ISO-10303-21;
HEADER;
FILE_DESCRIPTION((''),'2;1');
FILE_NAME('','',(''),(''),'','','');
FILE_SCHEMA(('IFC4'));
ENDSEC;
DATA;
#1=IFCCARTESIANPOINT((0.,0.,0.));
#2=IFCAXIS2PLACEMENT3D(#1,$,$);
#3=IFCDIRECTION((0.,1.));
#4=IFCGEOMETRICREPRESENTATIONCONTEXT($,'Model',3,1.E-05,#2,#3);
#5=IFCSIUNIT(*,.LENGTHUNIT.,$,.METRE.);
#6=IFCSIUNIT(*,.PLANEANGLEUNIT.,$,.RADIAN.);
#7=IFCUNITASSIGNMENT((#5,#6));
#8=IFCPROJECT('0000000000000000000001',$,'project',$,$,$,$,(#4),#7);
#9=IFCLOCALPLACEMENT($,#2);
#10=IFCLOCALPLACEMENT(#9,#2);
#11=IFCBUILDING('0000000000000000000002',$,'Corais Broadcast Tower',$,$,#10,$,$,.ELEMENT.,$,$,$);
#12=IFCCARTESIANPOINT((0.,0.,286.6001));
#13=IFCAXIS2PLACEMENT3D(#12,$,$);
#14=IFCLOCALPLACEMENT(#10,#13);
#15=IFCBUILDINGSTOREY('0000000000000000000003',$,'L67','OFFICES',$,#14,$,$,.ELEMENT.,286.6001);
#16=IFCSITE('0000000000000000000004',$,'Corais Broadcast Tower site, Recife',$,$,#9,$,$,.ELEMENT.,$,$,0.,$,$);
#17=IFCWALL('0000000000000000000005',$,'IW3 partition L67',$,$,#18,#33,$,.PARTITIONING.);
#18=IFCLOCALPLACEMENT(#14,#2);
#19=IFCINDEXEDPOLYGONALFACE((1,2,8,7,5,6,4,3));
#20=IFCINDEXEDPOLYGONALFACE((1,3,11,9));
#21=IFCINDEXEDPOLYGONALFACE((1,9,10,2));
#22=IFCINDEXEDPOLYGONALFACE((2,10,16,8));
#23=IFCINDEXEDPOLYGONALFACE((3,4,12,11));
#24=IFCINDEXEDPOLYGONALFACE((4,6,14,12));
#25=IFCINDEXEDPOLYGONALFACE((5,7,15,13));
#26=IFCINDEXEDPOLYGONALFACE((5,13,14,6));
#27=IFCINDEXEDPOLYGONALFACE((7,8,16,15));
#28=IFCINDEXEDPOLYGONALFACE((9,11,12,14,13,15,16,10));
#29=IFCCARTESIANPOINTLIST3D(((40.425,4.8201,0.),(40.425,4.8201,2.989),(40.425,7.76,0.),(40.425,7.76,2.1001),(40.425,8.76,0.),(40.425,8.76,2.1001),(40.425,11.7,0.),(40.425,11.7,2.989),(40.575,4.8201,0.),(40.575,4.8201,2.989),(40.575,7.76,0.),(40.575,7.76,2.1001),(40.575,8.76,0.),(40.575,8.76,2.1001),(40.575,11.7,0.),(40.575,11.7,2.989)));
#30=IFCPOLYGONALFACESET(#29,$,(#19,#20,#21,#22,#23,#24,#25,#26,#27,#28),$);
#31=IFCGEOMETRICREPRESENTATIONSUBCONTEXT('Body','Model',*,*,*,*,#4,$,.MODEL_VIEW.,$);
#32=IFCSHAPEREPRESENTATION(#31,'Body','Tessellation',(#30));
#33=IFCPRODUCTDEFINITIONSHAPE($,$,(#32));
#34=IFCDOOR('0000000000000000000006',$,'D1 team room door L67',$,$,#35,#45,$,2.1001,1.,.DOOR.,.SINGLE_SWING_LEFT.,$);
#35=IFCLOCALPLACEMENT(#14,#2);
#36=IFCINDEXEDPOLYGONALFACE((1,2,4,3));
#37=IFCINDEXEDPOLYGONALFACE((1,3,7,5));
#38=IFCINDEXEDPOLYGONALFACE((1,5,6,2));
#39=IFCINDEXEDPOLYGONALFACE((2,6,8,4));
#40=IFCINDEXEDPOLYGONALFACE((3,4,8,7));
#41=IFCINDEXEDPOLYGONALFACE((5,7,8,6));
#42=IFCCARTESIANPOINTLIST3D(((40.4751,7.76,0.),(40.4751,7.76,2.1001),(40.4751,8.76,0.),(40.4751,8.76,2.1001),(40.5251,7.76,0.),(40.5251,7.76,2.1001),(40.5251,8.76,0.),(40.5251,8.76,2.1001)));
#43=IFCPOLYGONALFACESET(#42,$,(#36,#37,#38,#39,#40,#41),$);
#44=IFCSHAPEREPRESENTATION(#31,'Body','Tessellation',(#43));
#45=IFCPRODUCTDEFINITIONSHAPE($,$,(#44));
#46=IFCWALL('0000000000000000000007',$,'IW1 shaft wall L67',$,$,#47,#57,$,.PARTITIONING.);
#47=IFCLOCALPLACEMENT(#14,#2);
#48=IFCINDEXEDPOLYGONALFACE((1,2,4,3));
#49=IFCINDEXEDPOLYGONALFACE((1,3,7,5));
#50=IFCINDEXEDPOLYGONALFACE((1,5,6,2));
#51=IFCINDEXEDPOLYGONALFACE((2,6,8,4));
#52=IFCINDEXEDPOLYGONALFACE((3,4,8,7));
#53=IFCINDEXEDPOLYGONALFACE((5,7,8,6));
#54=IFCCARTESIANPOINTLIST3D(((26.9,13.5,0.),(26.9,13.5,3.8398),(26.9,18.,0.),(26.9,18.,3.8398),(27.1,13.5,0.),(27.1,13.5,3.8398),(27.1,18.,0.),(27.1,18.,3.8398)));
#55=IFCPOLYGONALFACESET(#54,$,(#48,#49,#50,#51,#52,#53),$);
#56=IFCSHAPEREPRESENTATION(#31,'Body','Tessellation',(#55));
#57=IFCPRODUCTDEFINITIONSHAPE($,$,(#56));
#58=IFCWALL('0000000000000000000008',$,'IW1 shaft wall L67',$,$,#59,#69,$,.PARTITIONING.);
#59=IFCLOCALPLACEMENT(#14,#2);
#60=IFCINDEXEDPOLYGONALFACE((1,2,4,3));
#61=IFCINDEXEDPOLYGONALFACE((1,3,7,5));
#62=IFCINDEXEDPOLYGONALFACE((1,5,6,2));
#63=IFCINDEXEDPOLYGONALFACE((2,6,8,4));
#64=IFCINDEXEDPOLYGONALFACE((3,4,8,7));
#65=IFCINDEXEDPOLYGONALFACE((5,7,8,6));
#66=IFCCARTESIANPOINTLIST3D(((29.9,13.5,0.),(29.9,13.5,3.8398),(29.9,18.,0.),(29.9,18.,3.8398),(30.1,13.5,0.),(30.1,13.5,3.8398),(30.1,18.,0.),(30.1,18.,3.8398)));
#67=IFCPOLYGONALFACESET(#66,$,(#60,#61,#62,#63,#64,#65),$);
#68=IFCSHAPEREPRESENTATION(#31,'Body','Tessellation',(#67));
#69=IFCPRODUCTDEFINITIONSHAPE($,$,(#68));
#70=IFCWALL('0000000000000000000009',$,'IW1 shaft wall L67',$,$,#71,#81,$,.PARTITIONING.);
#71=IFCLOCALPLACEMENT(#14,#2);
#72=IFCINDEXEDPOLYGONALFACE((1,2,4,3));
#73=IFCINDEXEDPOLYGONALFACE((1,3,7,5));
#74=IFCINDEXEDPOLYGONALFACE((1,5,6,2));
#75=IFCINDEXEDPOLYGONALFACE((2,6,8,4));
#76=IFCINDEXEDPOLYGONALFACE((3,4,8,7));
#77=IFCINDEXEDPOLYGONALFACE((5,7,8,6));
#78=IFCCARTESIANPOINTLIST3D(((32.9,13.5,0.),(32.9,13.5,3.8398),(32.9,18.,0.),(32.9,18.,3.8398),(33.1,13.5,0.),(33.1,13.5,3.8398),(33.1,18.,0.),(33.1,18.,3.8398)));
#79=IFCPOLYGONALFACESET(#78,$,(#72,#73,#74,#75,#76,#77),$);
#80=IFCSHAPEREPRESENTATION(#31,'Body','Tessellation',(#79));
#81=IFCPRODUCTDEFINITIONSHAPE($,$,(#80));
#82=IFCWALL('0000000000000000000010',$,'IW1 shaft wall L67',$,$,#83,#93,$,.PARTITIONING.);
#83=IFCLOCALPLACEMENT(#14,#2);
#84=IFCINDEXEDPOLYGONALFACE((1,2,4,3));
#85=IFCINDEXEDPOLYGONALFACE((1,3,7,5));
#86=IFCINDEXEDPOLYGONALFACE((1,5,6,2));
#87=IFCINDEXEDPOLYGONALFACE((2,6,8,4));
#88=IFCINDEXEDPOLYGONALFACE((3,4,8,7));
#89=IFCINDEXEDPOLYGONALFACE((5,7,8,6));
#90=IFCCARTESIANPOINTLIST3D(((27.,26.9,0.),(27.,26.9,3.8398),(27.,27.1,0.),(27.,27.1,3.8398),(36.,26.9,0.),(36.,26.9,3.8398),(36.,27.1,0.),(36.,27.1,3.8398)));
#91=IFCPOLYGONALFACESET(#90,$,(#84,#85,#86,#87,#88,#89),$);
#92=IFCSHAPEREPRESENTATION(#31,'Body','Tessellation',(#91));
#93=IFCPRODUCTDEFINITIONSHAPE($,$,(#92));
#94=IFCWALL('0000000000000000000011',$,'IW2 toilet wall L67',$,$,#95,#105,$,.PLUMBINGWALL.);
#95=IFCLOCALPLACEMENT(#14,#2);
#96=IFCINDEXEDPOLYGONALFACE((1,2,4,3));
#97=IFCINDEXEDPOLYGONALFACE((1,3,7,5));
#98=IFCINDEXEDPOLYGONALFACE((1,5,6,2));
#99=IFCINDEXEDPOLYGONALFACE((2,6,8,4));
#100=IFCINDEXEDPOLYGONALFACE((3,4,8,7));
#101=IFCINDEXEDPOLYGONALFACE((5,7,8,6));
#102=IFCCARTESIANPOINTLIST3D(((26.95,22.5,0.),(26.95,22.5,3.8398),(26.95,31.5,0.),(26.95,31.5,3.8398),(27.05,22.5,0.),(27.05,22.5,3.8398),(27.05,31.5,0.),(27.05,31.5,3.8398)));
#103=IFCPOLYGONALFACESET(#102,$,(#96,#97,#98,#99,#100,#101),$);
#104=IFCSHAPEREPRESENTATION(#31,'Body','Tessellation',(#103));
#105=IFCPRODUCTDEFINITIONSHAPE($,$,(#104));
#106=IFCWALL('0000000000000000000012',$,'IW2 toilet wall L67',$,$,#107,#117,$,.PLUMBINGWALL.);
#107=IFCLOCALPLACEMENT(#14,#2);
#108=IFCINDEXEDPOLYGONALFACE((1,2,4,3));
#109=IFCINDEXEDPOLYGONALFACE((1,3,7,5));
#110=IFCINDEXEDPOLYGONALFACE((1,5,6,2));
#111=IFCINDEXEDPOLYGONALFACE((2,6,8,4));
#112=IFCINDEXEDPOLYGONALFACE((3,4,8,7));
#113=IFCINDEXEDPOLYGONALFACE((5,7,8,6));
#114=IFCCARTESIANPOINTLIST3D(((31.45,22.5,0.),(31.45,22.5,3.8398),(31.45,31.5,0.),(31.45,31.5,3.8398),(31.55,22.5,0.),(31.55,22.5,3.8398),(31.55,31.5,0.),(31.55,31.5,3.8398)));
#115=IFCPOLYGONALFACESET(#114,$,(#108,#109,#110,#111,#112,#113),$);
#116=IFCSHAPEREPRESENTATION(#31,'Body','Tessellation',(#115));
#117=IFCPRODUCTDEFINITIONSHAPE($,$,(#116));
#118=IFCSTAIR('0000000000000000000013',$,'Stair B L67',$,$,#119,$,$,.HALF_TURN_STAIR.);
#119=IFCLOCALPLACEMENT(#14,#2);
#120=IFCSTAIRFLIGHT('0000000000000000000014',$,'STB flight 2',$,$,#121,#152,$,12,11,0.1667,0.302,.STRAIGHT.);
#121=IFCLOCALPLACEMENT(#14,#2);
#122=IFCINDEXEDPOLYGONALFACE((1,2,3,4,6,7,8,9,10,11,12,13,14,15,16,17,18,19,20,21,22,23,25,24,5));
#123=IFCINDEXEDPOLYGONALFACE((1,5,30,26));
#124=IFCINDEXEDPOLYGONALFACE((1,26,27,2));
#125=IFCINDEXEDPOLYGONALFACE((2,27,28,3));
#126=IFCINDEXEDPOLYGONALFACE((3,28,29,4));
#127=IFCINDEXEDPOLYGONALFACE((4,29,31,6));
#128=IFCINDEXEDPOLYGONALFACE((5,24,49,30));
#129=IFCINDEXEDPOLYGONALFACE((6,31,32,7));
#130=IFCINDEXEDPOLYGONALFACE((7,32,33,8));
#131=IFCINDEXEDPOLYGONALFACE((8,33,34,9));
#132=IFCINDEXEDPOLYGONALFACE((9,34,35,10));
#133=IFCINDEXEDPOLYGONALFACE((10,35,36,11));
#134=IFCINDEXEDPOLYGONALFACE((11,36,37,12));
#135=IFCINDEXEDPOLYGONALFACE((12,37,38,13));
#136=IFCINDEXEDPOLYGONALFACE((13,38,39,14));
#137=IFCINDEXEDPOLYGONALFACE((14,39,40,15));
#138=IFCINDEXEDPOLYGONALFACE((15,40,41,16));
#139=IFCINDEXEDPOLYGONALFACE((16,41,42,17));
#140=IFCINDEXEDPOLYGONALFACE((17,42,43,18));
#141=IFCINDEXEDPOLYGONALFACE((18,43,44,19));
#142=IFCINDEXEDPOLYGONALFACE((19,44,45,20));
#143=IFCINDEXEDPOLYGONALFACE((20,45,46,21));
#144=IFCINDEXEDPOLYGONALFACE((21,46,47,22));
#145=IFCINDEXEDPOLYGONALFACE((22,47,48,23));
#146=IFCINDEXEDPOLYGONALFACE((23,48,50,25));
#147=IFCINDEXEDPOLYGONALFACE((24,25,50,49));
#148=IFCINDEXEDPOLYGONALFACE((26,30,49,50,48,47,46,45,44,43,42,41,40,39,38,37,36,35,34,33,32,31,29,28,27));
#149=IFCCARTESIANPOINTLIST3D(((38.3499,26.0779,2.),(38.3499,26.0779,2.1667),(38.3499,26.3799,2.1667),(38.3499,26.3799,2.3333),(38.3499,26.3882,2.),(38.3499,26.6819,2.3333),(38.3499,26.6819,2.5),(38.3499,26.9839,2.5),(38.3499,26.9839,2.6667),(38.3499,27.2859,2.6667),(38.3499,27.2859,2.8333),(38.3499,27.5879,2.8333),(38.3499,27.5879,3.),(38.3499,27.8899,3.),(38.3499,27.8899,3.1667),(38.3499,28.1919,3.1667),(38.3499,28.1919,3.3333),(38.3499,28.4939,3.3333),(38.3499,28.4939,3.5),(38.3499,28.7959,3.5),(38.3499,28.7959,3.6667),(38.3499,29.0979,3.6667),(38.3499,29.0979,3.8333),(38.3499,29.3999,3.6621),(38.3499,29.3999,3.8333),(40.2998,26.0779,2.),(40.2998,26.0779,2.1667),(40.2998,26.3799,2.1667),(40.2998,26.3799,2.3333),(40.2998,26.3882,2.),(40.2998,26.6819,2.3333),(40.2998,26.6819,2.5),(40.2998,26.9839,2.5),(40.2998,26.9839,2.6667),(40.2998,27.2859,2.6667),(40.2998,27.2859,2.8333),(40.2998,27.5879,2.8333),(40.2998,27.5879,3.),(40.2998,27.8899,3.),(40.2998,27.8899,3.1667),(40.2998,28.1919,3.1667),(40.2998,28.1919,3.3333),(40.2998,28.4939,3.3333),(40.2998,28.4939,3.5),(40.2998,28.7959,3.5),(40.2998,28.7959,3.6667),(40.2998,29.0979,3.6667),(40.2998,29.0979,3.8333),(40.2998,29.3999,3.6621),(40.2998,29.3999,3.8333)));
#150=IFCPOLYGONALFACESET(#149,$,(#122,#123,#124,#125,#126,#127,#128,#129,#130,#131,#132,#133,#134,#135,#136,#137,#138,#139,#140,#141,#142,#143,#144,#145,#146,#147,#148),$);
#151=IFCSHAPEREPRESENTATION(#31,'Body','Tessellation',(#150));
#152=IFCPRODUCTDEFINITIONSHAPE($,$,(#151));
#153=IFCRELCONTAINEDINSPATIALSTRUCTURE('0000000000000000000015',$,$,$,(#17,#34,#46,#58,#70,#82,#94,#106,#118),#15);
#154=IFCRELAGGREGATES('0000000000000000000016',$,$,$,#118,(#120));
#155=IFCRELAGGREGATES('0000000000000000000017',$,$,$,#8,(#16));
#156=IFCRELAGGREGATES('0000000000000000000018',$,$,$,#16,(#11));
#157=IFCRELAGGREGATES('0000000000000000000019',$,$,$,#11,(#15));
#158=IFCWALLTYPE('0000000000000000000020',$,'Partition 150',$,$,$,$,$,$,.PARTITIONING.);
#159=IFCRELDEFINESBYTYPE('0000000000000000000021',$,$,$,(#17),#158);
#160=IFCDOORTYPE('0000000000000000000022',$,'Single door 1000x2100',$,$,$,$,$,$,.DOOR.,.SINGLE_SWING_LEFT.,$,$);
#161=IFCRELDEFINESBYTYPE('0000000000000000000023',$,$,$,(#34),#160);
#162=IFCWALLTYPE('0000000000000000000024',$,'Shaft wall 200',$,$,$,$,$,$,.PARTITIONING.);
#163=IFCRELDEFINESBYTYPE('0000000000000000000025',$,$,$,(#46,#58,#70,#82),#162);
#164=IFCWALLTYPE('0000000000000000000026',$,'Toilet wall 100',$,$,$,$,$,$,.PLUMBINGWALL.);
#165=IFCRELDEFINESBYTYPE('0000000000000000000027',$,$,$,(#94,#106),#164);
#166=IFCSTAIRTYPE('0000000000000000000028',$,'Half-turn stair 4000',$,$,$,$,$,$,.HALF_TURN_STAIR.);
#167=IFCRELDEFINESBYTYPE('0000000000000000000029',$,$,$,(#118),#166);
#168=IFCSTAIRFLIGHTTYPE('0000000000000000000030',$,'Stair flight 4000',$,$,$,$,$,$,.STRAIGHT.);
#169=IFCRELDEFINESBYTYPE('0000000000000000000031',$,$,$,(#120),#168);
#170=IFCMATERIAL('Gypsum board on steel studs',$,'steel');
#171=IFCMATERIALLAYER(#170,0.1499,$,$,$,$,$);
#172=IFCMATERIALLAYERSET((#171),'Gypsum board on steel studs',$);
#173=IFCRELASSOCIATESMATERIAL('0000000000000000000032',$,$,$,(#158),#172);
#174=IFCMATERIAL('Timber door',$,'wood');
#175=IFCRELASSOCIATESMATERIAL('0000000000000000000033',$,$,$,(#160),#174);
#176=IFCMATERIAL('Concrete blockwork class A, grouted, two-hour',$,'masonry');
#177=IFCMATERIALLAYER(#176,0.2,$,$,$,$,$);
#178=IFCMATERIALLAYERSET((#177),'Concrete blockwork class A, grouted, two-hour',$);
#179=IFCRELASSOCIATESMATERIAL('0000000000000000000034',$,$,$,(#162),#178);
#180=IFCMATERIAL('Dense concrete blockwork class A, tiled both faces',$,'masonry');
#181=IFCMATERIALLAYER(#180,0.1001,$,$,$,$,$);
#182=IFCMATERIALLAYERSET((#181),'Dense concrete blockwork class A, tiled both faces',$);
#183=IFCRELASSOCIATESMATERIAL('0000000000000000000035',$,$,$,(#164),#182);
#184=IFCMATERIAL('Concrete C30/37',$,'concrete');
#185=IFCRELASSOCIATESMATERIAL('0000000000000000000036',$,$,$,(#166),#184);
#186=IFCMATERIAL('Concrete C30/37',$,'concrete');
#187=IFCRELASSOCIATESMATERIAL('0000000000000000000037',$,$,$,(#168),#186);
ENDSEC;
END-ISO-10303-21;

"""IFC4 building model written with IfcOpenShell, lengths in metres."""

from ifc_helpers import new_model, si_unit, direction, frame, frame_2d, origin, place, context, subcontext, project, spatial, polyline, rectangle, outline, extrude, material, layer, layer_set, type_object, element, fill, aggregate, save


model = new_model("IFC4")

# Units and contexts
model_context = context("Model", 3, precision=1e-05, world=origin(), true_north=direction((0.0, 1.0)))
body_context = subcontext(model_context, "Body", "Model", "MODEL_VIEW")
ifc_project = project(units=[si_unit("LENGTHUNIT", "METRE"), si_unit("PLANEANGLEUNIT", "RADIAN")], contexts=[model_context])

# Site, building, storey
site_placement = place(None, origin())
site = spatial("IfcSite", under=ifc_project, at=site_placement, Name="Corais Broadcast Tower site, Recife", CompositionType="ELEMENT", RefElevation=0.0)
building_placement = place(site_placement, origin())
building = spatial("IfcBuilding", under=site, at=building_placement, Name="Corais Broadcast Tower", CompositionType="ELEMENT")
storey_placement = place(building_placement, frame((0.0, 0.0, 286.6001)))
storey = spatial("IfcBuildingStorey", under=building, at=storey_placement, Name="L67", Description="OFFICES", CompositionType="ELEMENT", Elevation=286.6001)

# Shared definitions
ifc_material_1 = material(Name="Gypsum board on steel studs", Category="steel")
ifc_layer_1 = layer(ifc_material_1, 0.1499)
ifc_layer_set_1 = layer_set([ifc_layer_1], Name="Gypsum board on steel studs")
wall_type_1 = type_object("IfcWallType", Name="Partition 150", PredefinedType="PARTITIONING", material=ifc_layer_set_1)

# Wall, opening, door
ifc_material_2 = material(Name="Timber door", Category="wood")
door_type_1 = type_object("IfcDoorType", Name="Single door 1000x2100", OperationType="SINGLE_SWING_LEFT", PredefinedType="DOOR", material=ifc_material_2)
wall_1_placement = place(storey_placement, frame((40.5, 4.8201, 0.0), z_axis=(0.0, 0.0, 1.0), x_axis=(0.0, 1.0, 0.0)))
wall_1 = element("IfcWall", 1, at=wall_1_placement, inside=storey, type_object=wall_type_1, Name="IW3 partition L67", PredefinedType="PARTITIONING", context=body_context, shape_type="SweptSolid", body=[
    extrude(rectangle(XDim=6.8799, YDim=0.1499, at=frame_2d((3.4399, 0.0))), origin(), (0.0, 0.0, 1.0), 2.989),
])
opening_1_placement = place(wall_1_placement, frame((2.9399, 0.0, 0.0)))
opening_1 = element("IfcOpeningElement", 2, at=opening_1_placement, cuts=wall_1, PredefinedType="OPENING", context=body_context, shape_type="SweptSolid", body=[
    extrude(rectangle(XDim=1.0, YDim=2.1001, at=frame_2d((0.5, 1.05))), frame((0.0, 0.085, 0.0), z_axis=(0.0, -1.0, 0.0), x_axis=(1.0, 0.0, 0.0)), (0.0, 0.0, 1.0), 0.1699),
])
door_1_placement = place(opening_1_placement, origin())
door_1 = element("IfcDoor", 3, at=door_1_placement, inside=storey, type_object=door_type_1, Name="D1 team room door L67", OperationType="SINGLE_SWING_LEFT", OverallHeight=2.1001, OverallWidth=1.0, PredefinedType="DOOR", context=body_context, shape_type="SweptSolid", body=[
    extrude(rectangle(XDim=1.0, YDim=2.1001, at=frame_2d((0.5, 1.05))), frame((0.0, 0.0249, 0.0), z_axis=(0.0, -1.0, 0.0), x_axis=(1.0, 0.0, 0.0)), (0.0, 0.0, 1.0), 0.05),
])
fill(opening_1, door_1)

# Walls
ifc_material_3 = material(Name="Concrete blockwork class A, grouted, two-hour", Category="masonry")
ifc_layer_2 = layer(ifc_material_3, 0.2)
ifc_layer_set_2 = layer_set([ifc_layer_2], Name="Concrete blockwork class A, grouted, two-hour")
wall_type_2 = type_object("IfcWallType", Name="Shaft wall 200", PredefinedType="PARTITIONING", material=ifc_layer_set_2)
for number, where, z_axis, x_axis, name in (
    (4, (27.0, 13.5, 0.0), (0.0, 0.0, 1.0), (0.0, 1.0, 0.0), "IW1 shaft wall L67"),
    (5, (30.0, 13.5, 0.0), (0.0, 0.0, 1.0), (0.0, 1.0, 0.0), "IW1 shaft wall L67"),
    (6, (33.0, 13.5, 0.0), (0.0, 0.0, 1.0), (0.0, 1.0, 0.0), "IW1 shaft wall L67"),
):
    element("IfcWall", number, at=place(storey_placement, frame(where, z_axis=z_axis, x_axis=x_axis)), inside=storey, type_object=wall_type_2, Name=name, PredefinedType="PARTITIONING", context=body_context, shape_type="SweptSolid", body=[
        extrude(rectangle(XDim=4.5, YDim=0.2, at=frame_2d((2.25, 0.0))), origin(), (0.0, 0.0, 1.0), 3.8398),
    ])
wall_2_placement = place(storey_placement, frame((27.0, 27.0, 0.0), z_axis=(0.0, 0.0, 1.0), x_axis=(1.0, 0.0, 0.0)))
element("IfcWall", 7, at=wall_2_placement, inside=storey, type_object=wall_type_2, Name="IW1 shaft wall L67", PredefinedType="PARTITIONING", context=body_context, shape_type="SweptSolid", body=[
    extrude(rectangle(XDim=9.0, YDim=0.2, at=frame_2d((4.5, 0.0))), origin(), (0.0, 0.0, 1.0), 3.8398),
])
ifc_material_4 = material(Name="Dense concrete blockwork class A, tiled both faces", Category="masonry")
ifc_layer_3 = layer(ifc_material_4, 0.1001)
ifc_layer_set_3 = layer_set([ifc_layer_3], Name="Dense concrete blockwork class A, tiled both faces")
wall_type_3 = type_object("IfcWallType", Name="Toilet wall 100", PredefinedType="PLUMBINGWALL", material=ifc_layer_set_3)
for number, where, z_axis, x_axis, name in (
    (8, (27.0, 22.5, 0.0), (0.0, 0.0, 1.0), (0.0, 1.0, 0.0), "IW2 toilet wall L67"),
    (9, (31.5, 22.5, 0.0), (0.0, 0.0, 1.0), (0.0, 1.0, 0.0), "IW2 toilet wall L67"),
):
    element("IfcWall", number, at=place(storey_placement, frame(where, z_axis=z_axis, x_axis=x_axis)), inside=storey, type_object=wall_type_3, Name=name, PredefinedType="PLUMBINGWALL", context=body_context, shape_type="SweptSolid", body=[
        extrude(rectangle(XDim=9.0, YDim=0.1001, at=frame_2d((4.5, 0.0))), origin(), (0.0, 0.0, 1.0), 3.8398),
    ])

# Stair, stair flight
ifc_material_5 = material(Name="Concrete C30/37", Category="concrete")
stair_type = type_object("IfcStairType", Name="Half-turn stair 4000", PredefinedType="HALF_TURN_STAIR", material=ifc_material_5)
stair_placement = place(storey_placement, origin())
stair = element("IfcStair", 10, at=stair_placement, inside=storey, type_object=stair_type, Name="Stair B L67", PredefinedType="HALF_TURN_STAIR")
ifc_material_6 = material(Name="Concrete C30/37", Category="concrete")
stair_flight_type = type_object("IfcStairFlightType", Name="Stair flight 4000", PredefinedType="STRAIGHT", material=ifc_material_6)
stair_flight_placement = place(storey_placement, frame((39.325, 26.0779, 2.0), z_axis=(0.0, 0.0, 1.0), x_axis=(0.0, 1.0, 0.0)))
stair_flight = element("IfcStairFlight", 11, at=stair_flight_placement, type_object=stair_flight_type, Name="STB flight 2", NumberOfRisers=12, NumberOfTreads=11, PredefinedType="STRAIGHT", RiserHeight=0.1667, TreadLength=0.302, context=body_context, shape_type="SweptSolid", body=[
    extrude(outline(polyline([(0.0, 0.0), (0.0, 0.1667), (0.302, 0.1667), (0.302, 0.3333), (0.604, 0.3333), (0.604, 0.5), (0.906, 0.5), (0.906, 0.6667), (1.208, 0.6667), (1.208, 0.8333), (1.51, 0.8333), (1.51, 1.0), (1.812, 1.0), (1.812, 1.1667), (2.114, 1.1667), (2.114, 1.3333), (2.416, 1.3333), (2.416, 1.5), (2.718, 1.5), (2.718, 1.6667), (3.02, 1.6667), (3.02, 1.8333), (3.322, 1.8333), (3.322, 2.0), (3.322, 1.6621), (0.3103, 0.0), (0.0, 0.0)])), frame((0.0, 0.9751, 0.0), z_axis=(0.0, -1.0, 0.0), x_axis=(1.0, 0.0, 0.0)), (0.0, 0.0, 1.0), 1.95),
])
aggregate(stair, [stair_flight])

save(model, "model.ifc")
